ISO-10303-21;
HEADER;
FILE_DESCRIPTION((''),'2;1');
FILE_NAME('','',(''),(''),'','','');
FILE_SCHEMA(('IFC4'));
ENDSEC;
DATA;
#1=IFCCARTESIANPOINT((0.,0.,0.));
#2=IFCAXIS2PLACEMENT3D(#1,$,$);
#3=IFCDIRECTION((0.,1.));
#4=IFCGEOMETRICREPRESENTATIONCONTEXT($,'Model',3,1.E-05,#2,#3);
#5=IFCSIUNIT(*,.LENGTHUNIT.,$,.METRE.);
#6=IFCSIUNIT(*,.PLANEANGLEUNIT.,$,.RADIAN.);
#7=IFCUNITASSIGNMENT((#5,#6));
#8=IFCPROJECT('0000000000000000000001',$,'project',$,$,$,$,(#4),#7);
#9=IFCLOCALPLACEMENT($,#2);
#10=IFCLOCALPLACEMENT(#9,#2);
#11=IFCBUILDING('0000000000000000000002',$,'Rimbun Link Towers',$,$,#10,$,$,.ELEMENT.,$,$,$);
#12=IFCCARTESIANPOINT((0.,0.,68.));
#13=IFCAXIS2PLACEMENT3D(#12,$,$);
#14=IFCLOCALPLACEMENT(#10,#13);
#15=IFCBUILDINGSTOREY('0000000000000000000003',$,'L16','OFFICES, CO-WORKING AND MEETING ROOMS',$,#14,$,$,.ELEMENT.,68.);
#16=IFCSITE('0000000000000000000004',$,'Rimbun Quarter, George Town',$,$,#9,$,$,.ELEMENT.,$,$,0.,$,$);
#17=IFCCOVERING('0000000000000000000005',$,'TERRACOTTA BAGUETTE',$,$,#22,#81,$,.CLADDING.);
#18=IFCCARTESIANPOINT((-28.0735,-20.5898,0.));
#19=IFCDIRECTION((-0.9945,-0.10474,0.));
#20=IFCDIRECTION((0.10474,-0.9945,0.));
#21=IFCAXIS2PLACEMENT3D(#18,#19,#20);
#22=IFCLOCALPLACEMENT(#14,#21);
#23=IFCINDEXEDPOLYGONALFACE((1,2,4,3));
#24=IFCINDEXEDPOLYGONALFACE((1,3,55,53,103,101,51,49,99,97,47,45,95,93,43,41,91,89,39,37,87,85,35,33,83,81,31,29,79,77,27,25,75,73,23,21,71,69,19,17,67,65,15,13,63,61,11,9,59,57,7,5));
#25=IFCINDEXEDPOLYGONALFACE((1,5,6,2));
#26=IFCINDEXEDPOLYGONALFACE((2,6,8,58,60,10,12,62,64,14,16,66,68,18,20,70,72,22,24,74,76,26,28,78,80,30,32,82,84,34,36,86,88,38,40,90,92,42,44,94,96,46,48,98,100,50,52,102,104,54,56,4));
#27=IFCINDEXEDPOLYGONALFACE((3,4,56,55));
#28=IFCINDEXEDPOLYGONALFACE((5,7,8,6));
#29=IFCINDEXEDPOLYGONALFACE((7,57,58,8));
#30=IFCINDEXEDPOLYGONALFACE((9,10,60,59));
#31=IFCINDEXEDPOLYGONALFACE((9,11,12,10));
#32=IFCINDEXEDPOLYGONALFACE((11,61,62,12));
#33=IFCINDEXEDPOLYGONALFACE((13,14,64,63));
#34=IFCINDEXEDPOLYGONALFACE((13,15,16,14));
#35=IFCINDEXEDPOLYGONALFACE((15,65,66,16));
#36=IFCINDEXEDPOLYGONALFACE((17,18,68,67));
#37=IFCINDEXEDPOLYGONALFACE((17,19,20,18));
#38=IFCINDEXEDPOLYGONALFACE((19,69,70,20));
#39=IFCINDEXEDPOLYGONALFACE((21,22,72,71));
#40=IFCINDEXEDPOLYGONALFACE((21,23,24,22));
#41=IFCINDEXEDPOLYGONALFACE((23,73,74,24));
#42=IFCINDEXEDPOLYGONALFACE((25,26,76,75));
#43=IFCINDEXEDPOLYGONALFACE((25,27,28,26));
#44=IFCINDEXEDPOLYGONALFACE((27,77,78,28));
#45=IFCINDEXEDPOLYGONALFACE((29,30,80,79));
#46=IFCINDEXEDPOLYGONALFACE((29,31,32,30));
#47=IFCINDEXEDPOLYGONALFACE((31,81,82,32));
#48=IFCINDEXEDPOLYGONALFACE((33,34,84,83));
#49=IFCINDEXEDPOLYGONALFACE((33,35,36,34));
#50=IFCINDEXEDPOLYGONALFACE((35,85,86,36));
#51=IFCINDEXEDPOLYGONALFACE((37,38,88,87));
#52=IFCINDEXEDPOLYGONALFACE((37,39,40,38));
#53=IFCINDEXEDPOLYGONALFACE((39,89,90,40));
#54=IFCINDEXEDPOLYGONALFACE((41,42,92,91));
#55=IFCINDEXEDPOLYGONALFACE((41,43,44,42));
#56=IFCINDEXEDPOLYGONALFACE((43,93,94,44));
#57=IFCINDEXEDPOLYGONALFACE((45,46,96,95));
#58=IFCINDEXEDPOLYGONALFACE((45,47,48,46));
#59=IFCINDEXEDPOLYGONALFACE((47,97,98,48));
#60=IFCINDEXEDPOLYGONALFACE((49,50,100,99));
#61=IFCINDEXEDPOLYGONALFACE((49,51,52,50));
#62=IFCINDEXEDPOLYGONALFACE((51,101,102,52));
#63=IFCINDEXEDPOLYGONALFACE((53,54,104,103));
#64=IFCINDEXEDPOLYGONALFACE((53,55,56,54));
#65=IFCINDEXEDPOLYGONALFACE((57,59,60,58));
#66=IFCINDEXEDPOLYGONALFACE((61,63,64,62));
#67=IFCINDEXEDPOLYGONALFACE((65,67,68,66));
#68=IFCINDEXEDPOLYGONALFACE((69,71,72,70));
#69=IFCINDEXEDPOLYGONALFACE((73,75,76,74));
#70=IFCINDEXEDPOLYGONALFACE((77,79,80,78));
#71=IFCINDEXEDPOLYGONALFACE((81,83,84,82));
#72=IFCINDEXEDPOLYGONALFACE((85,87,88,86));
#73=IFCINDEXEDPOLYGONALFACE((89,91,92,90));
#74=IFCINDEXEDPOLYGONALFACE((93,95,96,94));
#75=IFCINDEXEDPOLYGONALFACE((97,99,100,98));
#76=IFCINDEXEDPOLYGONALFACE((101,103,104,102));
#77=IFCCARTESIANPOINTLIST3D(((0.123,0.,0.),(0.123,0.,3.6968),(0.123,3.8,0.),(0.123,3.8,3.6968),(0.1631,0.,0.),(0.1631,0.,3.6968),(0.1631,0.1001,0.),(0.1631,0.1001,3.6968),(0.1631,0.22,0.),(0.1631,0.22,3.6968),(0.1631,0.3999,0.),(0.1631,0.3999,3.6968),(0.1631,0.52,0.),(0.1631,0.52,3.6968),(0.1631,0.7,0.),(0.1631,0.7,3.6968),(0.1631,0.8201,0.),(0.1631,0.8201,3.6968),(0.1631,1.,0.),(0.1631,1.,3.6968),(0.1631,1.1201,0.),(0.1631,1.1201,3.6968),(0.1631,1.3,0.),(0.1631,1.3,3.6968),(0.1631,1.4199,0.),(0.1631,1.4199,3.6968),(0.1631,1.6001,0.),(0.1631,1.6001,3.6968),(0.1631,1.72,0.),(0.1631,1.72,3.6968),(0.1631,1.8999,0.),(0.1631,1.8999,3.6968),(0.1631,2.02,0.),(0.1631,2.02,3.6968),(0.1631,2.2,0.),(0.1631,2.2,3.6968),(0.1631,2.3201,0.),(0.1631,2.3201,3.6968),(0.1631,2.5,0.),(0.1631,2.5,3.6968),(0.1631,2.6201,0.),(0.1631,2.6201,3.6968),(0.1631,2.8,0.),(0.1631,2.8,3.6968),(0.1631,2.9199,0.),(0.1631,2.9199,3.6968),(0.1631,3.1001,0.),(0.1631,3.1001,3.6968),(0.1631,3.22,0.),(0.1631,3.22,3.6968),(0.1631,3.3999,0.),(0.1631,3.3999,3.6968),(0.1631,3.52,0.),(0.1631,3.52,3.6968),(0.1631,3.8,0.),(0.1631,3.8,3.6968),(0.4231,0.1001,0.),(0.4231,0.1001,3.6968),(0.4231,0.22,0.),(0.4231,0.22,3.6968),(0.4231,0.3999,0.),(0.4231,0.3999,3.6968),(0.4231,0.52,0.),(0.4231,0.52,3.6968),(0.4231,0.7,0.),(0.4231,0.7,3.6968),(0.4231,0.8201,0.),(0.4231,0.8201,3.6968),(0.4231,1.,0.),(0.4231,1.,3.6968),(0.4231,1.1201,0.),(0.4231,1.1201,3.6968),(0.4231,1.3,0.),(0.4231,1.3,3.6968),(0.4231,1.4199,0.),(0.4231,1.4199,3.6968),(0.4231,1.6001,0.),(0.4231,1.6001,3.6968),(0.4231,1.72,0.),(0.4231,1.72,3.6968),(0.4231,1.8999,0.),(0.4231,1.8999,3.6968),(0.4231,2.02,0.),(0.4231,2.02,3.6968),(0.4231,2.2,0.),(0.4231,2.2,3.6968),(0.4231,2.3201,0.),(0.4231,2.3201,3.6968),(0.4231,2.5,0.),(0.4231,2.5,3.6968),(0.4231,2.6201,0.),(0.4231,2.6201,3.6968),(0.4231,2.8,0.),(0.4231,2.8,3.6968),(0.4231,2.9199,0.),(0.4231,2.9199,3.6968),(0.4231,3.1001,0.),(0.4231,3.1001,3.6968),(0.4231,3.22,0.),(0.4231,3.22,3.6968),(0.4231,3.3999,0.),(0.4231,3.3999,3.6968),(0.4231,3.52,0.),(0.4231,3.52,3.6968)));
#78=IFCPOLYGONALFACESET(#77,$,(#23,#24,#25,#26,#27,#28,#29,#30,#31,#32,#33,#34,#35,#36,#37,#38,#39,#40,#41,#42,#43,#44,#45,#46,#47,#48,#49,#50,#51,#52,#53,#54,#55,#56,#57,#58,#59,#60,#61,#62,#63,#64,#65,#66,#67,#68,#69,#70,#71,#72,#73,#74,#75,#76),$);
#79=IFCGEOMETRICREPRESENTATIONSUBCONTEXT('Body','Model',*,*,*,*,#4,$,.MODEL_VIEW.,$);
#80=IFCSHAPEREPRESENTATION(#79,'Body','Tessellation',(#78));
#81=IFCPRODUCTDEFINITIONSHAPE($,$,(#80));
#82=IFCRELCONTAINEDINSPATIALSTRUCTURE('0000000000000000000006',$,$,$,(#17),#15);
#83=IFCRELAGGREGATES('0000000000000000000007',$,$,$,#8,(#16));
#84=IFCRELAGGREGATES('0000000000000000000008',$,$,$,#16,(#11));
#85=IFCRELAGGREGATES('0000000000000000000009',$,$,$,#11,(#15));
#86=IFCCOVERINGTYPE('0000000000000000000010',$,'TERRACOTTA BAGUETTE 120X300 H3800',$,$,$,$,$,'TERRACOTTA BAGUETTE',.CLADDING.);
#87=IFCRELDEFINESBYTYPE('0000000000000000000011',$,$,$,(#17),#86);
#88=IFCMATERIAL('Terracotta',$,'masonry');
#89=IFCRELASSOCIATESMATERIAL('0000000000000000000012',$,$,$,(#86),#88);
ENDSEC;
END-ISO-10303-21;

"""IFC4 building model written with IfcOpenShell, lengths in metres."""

from ifc_helpers import new_model, si_unit, direction, frame, origin, place, context, subcontext, project, spatial, polyline, outline, extrude, material, material_profile, profile_set, type_object, element, save


model = new_model("IFC4")

# Units and contexts
model_context = context("Model", 3, precision=1e-05, world=origin(), true_north=direction((0.0, 1.0)))
body_context = subcontext(model_context, "Body", "Model", "MODEL_VIEW")
ifc_project = project(units=[si_unit("LENGTHUNIT", "METRE"), si_unit("PLANEANGLEUNIT", "RADIAN")], contexts=[model_context])

# Site, building, storey
site_placement = place(None, origin())
site = spatial("IfcSite", under=ifc_project, at=site_placement, Name="Rimbun Quarter, George Town", CompositionType="ELEMENT", RefElevation=0.0)
building_placement = place(site_placement, origin())
building = spatial("IfcBuilding", under=site, at=building_placement, Name="Rimbun Link Towers", CompositionType="ELEMENT")
storey_placement = place(building_placement, frame((0.0, 0.0, 68.0)))
storey = spatial("IfcBuildingStorey", under=building, at=storey_placement, Name="L16", Description="OFFICES, CO-WORKING AND MEETING ROOMS", CompositionType="ELEMENT", Elevation=68.0)

# Covering
ifc_material_1 = material(Name="Terracotta", Category="masonry")
ifc_material_profile_1 = material_profile(ifc_material_1, outline(polyline([(0.123, 0.0), (0.1631, 0.0), (0.1631, 0.1001), (0.4231, 0.1001), (0.4231, 0.22), (0.1631, 0.22), (0.1631, 0.3999), (0.4231, 0.3999), (0.4231, 0.52), (0.1631, 0.52), (0.1631, 0.7), (0.4231, 0.7), (0.4231, 0.8201), (0.1631, 0.8201), (0.1631, 1.0), (0.4231, 1.0), (0.4231, 1.1201), (0.1631, 1.1201), (0.1631, 1.3), (0.4231, 1.3), (0.4231, 1.4199), (0.1631, 1.4199), (0.1631, 1.6001), (0.4231, 1.6001), (0.4231, 1.72), (0.1631, 1.72), (0.1631, 1.8999), (0.4231, 1.8999), (0.4231, 2.02), (0.1631, 2.02), (0.1631, 2.2), (0.4231, 2.2), (0.4231, 2.3201), (0.1631, 2.3201), (0.1631, 2.5), (0.4231, 2.5), (0.4231, 2.6201), (0.1631, 2.6201), (0.1631, 2.8), (0.4231, 2.8), (0.4231, 2.9199), (0.1631, 2.9199), (0.1631, 3.1001), (0.4231, 3.1001), (0.4231, 3.22), (0.1631, 3.22), (0.1631, 3.3999), (0.4231, 3.3999), (0.4231, 3.52), (0.1631, 3.52), (0.1631, 3.8), (0.123, 3.8), (0.123, 0.0)])), Name="BAGUETTE 120X300")
ifc_profile_set_1 = profile_set([ifc_material_profile_1], Name="Terracotta")
covering_type = type_object("IfcCoveringType", Name="TERRACOTTA BAGUETTE 120X300 H3800", ElementType="TERRACOTTA BAGUETTE", PredefinedType="CLADDING", material=ifc_profile_set_1)
for number, where, z_axis, x_axis, name in (
    (1, (-28.0735, -20.5898, 0.0), (-0.9945, -0.10474, 0.0), (0.10474, -0.9945, 0.0), "TERRACOTTA BAGUETTE"),
):
    element("IfcCovering", number, at=place(storey_placement, frame(where, z_axis=z_axis, x_axis=x_axis)), inside=storey, type_object=covering_type, Name=name, PredefinedType="CLADDING", context=body_context, shape_type="SweptSolid", body=[
        extrude(outline(polyline([(0.123, 0.0), (0.1631, 0.0), (0.1631, 0.1001), (0.4231, 0.1001), (0.4231, 0.22), (0.1631, 0.22), (0.1631, 0.3999), (0.4231, 0.3999), (0.4231, 0.52), (0.1631, 0.52), (0.1631, 0.7), (0.4231, 0.7), (0.4231, 0.8201), (0.1631, 0.8201), (0.1631, 1.0), (0.4231, 1.0), (0.4231, 1.1201), (0.1631, 1.1201), (0.1631, 1.3), (0.4231, 1.3), (0.4231, 1.4199), (0.1631, 1.4199), (0.1631, 1.6001), (0.4231, 1.6001), (0.4231, 1.72), (0.1631, 1.72), (0.1631, 1.8999), (0.4231, 1.8999), (0.4231, 2.02), (0.1631, 2.02), (0.1631, 2.2), (0.4231, 2.2), (0.4231, 2.3201), (0.1631, 2.3201), (0.1631, 2.5), (0.4231, 2.5), (0.4231, 2.6201), (0.1631, 2.6201), (0.1631, 2.8), (0.4231, 2.8), (0.4231, 2.9199), (0.1631, 2.9199), (0.1631, 3.1001), (0.4231, 3.1001), (0.4231, 3.22), (0.1631, 3.22), (0.1631, 3.3999), (0.4231, 3.3999), (0.4231, 3.52), (0.1631, 3.52), (0.1631, 3.8), (0.123, 3.8), (0.123, 0.0)])), origin(), (0.0, 0.0, 1.0), 3.6968),
    ])

save(model, "model.ifc")
